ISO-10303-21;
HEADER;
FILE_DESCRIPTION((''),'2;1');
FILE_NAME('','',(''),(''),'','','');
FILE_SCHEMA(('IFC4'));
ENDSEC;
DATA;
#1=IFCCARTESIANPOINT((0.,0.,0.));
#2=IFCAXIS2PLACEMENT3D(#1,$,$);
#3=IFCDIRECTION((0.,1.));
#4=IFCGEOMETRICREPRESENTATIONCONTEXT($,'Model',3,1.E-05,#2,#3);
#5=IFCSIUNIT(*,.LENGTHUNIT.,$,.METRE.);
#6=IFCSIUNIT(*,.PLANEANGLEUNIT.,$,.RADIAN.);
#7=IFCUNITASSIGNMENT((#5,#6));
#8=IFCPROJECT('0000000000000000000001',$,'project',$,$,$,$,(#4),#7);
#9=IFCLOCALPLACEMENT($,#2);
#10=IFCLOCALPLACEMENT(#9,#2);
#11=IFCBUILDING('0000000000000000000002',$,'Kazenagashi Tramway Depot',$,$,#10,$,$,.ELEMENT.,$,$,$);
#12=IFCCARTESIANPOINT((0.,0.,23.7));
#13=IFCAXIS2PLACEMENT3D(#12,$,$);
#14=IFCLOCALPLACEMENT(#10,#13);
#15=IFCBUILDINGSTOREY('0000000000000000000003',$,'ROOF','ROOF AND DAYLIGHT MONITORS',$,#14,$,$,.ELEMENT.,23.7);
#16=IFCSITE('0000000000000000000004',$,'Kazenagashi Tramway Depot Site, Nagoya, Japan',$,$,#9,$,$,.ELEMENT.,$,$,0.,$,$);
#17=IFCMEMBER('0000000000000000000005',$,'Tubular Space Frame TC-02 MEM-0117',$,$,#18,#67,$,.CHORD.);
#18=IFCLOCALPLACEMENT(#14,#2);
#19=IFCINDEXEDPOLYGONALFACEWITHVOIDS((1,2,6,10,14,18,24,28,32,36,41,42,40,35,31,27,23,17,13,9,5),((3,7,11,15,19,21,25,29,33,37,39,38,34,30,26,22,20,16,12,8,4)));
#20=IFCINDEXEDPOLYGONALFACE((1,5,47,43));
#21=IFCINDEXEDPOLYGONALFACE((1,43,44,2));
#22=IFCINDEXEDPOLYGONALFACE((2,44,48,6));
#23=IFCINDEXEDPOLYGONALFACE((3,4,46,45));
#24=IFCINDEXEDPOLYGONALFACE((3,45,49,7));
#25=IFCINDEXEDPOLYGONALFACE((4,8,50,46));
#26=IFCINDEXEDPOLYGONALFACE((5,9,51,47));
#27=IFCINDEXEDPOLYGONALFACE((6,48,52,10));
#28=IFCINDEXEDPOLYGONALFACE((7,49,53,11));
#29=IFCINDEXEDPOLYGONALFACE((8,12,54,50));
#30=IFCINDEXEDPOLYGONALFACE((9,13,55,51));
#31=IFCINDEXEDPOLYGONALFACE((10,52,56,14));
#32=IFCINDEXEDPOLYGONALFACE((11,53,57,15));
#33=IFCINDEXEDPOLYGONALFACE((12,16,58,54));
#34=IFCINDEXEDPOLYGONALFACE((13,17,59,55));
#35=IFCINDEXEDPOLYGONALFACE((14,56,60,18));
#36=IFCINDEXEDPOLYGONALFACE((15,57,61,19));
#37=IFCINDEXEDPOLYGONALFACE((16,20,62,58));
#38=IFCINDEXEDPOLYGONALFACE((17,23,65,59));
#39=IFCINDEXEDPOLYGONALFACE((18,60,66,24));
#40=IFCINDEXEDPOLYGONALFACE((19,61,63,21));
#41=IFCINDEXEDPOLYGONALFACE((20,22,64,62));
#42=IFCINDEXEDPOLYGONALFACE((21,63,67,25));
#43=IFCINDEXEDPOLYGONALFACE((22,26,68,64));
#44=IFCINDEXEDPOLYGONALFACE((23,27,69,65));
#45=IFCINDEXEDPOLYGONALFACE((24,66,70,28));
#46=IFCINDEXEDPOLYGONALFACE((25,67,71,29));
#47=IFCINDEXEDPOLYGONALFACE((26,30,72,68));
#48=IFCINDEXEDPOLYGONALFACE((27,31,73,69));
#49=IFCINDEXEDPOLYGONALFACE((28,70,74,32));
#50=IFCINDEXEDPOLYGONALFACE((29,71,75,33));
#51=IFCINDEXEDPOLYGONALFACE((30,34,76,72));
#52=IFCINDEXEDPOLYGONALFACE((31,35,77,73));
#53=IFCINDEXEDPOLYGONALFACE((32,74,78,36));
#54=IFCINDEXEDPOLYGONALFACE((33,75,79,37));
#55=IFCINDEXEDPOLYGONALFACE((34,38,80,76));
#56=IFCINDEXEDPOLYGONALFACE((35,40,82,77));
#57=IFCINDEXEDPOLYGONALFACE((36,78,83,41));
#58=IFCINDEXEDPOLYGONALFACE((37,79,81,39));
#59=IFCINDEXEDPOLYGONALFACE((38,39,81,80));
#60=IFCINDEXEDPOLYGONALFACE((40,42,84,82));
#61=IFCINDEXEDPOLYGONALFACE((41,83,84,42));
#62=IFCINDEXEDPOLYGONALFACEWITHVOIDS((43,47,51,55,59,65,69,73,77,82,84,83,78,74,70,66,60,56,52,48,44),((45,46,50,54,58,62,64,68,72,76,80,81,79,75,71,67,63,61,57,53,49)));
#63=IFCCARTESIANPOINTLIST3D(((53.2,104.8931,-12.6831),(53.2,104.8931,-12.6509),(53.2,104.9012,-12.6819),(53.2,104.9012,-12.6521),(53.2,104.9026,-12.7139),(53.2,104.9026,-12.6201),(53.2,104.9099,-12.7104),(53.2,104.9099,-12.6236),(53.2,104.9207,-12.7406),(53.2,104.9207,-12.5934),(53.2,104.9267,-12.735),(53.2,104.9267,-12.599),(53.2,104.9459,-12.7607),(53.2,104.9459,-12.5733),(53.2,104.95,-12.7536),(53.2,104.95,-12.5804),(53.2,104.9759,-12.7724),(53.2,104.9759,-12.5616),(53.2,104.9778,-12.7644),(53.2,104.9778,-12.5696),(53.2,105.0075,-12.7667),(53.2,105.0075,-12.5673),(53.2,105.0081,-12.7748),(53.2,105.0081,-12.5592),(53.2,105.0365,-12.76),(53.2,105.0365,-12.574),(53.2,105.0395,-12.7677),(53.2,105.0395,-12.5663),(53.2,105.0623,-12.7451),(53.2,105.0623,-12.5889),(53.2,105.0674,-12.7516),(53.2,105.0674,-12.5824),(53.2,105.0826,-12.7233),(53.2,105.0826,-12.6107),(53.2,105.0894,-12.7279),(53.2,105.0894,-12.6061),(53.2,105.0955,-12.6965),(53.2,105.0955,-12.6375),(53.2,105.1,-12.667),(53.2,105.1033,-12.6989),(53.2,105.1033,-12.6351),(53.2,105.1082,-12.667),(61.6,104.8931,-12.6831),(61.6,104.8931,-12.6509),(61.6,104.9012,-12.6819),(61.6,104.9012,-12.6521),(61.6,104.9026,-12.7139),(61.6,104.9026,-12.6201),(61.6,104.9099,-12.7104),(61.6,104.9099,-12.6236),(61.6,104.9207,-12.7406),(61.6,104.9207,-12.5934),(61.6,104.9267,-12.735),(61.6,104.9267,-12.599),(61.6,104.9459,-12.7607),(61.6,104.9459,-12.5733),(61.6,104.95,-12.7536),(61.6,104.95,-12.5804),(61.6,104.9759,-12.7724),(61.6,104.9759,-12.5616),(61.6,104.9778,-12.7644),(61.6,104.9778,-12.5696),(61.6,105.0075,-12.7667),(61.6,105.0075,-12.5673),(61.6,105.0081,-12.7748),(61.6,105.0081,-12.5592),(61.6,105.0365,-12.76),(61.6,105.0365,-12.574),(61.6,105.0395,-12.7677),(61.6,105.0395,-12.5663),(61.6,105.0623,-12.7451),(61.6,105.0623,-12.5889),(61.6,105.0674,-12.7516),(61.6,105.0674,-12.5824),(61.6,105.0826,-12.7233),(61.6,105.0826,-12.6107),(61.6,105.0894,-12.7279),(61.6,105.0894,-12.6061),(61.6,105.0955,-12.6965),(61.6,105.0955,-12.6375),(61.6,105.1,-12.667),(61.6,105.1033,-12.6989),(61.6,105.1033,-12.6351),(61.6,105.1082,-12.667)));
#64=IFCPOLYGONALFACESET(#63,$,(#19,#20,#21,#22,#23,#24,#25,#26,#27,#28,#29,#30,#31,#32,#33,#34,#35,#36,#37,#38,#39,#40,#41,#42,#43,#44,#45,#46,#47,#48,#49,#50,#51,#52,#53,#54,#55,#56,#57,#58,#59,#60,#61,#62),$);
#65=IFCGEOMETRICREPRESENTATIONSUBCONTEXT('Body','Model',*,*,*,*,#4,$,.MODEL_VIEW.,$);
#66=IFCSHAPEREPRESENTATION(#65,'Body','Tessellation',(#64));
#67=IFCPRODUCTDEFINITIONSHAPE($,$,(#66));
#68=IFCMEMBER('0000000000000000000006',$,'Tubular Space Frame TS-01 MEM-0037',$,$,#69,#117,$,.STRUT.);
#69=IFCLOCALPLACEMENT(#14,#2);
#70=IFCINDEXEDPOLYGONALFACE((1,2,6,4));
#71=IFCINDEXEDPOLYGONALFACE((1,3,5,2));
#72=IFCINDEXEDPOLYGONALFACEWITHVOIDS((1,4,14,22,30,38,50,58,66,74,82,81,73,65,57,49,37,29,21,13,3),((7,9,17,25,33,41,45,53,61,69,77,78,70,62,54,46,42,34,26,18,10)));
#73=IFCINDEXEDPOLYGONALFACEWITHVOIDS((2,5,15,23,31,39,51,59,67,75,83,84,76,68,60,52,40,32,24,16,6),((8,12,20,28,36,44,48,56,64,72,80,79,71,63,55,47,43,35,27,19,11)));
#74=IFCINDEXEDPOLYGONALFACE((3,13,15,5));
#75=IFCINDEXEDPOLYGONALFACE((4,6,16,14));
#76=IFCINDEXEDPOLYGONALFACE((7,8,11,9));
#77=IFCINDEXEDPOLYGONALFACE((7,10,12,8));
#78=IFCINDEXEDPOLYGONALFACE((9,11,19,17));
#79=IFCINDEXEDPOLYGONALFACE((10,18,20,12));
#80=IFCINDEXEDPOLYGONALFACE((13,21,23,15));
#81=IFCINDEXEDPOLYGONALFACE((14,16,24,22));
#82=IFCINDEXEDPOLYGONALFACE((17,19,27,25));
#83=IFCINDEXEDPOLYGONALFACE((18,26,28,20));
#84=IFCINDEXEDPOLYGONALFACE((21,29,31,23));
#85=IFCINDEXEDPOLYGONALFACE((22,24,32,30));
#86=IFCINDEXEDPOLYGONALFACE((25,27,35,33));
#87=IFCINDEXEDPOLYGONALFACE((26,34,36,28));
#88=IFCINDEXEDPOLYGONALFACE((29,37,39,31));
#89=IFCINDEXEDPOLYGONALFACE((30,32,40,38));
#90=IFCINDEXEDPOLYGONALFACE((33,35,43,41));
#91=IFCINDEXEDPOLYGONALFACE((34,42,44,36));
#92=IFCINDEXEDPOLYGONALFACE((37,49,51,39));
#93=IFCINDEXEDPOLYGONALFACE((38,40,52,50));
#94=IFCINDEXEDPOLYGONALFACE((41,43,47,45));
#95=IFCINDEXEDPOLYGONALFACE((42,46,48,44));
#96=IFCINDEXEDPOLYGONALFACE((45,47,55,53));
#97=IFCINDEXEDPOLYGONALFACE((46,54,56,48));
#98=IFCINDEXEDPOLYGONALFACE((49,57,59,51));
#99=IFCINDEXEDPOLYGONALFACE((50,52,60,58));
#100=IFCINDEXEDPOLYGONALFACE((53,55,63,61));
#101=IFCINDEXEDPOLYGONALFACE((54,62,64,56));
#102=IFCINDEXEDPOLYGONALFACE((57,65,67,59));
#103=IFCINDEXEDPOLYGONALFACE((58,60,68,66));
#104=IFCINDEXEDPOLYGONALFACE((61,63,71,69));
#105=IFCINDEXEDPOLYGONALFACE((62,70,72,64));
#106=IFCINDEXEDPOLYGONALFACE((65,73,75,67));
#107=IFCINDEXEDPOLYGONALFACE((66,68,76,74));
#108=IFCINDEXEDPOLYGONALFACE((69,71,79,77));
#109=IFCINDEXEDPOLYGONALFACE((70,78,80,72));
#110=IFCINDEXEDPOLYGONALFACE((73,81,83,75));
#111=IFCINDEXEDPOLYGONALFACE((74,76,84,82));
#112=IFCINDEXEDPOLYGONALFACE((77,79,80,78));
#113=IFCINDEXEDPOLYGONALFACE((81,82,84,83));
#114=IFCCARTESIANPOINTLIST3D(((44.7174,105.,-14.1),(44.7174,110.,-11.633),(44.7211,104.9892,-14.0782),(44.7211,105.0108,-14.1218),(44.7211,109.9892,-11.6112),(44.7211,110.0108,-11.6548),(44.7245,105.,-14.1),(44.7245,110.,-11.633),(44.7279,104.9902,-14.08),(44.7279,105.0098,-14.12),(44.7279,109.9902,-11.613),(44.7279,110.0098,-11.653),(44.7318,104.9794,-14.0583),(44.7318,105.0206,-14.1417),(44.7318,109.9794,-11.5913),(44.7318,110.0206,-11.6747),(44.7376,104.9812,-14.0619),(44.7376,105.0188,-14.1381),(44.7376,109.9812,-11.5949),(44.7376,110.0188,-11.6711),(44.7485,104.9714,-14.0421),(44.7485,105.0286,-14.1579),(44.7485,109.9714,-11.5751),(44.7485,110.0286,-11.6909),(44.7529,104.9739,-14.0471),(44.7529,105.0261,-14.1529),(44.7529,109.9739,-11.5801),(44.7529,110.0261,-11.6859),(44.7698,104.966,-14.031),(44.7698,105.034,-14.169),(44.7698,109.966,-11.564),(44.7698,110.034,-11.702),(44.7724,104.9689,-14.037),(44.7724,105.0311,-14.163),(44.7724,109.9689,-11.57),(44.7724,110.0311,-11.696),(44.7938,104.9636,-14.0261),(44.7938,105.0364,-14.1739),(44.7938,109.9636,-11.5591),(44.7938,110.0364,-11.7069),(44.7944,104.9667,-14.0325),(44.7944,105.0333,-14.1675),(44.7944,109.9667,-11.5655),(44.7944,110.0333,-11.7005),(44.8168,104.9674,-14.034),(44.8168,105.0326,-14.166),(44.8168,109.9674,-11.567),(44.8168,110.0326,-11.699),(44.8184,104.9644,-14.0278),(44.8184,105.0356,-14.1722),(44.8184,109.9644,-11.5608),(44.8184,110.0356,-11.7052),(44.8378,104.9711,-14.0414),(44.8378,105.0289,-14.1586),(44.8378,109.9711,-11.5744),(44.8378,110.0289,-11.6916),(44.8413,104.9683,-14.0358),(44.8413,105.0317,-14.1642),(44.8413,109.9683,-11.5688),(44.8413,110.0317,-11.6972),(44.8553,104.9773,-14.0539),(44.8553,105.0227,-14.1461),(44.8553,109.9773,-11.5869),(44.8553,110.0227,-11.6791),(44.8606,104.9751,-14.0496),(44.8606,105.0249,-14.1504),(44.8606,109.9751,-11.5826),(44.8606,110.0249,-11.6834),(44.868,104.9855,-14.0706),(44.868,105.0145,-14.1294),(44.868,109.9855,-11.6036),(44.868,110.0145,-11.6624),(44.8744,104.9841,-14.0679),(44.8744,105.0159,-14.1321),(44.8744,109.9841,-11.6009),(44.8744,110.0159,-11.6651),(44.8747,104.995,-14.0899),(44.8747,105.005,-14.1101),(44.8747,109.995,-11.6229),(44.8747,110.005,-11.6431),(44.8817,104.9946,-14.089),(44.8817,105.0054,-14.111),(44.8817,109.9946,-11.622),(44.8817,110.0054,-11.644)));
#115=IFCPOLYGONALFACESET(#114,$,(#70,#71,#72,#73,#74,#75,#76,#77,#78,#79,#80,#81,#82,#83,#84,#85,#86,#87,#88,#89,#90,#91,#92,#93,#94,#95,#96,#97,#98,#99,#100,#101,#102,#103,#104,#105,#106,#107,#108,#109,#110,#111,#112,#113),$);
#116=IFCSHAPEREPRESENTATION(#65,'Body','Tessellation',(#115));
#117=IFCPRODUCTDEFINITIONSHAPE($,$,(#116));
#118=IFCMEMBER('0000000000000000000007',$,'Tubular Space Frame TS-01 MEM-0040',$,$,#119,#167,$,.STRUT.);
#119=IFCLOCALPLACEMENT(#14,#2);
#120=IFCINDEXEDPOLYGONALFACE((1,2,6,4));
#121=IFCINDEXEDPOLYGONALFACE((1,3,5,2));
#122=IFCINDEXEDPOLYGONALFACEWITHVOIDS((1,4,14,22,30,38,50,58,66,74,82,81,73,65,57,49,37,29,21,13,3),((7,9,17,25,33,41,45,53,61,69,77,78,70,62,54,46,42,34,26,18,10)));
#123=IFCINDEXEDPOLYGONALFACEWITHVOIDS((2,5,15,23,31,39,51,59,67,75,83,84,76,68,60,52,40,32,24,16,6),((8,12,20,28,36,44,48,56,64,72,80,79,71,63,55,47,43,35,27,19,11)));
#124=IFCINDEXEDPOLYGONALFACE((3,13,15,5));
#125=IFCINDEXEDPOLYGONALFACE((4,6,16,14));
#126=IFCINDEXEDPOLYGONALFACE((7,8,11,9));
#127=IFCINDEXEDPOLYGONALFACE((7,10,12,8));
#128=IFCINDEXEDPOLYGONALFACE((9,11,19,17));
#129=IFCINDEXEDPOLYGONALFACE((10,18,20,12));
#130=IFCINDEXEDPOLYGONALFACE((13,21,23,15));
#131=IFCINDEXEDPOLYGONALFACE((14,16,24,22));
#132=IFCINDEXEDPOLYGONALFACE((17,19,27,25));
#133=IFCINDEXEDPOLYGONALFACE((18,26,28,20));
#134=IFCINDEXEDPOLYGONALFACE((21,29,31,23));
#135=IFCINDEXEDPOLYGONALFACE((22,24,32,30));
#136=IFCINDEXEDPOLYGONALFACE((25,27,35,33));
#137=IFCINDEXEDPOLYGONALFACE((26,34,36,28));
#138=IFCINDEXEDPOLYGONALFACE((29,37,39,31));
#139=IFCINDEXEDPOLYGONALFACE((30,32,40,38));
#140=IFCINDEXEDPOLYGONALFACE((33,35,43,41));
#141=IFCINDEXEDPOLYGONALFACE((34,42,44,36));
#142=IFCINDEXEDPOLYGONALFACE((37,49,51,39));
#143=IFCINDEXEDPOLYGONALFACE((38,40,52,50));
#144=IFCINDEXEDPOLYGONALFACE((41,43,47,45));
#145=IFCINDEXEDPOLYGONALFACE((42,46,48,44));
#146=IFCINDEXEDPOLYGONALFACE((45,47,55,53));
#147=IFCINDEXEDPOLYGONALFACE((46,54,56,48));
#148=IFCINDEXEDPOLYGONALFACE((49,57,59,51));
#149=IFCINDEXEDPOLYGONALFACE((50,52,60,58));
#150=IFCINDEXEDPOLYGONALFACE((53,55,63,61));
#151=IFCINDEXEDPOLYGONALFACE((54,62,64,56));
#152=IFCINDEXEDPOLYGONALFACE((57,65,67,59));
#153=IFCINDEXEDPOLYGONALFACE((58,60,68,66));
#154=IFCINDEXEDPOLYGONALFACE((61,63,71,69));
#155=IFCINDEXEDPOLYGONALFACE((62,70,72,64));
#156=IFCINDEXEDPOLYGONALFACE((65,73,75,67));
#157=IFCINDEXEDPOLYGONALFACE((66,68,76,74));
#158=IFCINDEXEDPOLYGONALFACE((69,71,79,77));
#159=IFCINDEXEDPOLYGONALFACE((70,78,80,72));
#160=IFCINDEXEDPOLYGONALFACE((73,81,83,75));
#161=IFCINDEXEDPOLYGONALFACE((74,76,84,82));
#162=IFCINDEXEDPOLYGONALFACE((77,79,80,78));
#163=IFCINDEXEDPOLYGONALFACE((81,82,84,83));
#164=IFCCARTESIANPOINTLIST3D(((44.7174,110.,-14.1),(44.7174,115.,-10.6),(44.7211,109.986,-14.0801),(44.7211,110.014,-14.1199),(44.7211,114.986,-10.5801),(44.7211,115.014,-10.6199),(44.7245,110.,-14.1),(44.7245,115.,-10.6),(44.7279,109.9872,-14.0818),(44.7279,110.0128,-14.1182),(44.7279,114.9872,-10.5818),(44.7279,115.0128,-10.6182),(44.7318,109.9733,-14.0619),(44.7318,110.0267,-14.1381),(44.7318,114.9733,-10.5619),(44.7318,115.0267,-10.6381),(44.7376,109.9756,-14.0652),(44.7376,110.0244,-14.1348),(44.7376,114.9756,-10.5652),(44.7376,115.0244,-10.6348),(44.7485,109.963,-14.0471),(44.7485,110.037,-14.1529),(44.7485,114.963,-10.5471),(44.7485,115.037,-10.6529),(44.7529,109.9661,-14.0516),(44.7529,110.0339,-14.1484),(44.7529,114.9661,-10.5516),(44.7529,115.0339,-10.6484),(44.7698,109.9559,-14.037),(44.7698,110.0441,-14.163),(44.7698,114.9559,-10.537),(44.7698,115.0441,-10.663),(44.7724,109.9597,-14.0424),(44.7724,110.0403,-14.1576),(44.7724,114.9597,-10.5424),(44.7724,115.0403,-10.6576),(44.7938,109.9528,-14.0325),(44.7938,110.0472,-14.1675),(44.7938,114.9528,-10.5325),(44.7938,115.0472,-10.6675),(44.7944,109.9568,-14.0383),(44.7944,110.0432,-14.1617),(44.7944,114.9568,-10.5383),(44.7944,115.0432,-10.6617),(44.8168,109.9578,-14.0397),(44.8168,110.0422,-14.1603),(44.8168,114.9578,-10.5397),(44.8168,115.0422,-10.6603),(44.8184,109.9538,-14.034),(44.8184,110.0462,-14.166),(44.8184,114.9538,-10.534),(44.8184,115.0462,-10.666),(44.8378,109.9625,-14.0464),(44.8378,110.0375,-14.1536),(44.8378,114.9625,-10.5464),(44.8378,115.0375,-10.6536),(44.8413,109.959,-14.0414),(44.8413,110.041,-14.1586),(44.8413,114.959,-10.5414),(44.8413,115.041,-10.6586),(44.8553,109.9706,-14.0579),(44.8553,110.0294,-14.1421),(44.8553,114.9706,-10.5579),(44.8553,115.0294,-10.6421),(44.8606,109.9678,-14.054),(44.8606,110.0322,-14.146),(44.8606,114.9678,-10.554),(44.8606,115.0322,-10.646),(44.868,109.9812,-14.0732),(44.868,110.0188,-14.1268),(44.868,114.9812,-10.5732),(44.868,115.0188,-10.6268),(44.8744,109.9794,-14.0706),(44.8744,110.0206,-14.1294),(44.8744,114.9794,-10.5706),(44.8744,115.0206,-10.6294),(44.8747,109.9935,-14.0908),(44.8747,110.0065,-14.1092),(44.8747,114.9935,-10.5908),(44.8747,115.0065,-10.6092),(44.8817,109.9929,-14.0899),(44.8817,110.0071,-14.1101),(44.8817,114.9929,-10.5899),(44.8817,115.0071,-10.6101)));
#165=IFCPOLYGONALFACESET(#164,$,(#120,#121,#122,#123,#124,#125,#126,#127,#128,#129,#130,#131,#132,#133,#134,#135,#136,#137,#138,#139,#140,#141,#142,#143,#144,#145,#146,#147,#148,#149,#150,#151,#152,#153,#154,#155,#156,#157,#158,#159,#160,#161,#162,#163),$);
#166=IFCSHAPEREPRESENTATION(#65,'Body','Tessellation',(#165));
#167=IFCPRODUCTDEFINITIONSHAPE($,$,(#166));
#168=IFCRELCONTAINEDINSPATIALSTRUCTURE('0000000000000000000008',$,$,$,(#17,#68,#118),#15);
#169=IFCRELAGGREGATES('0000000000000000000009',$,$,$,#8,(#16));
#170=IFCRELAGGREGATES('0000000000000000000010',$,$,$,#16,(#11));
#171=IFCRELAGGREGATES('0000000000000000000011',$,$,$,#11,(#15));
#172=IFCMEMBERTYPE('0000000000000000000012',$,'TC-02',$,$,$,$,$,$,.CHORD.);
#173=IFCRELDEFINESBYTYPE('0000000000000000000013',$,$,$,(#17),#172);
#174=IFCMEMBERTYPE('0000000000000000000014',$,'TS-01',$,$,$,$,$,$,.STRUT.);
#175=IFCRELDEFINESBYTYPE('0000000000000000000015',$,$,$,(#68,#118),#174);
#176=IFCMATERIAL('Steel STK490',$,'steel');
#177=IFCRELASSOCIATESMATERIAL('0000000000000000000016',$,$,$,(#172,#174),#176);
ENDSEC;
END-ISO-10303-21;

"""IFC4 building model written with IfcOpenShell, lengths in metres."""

from ifc_helpers import new_model, si_unit, direction, frame, origin, origin_2d, place, context, subcontext, project, spatial, hollow_circle, extrude, material, material_profile, profile_set, type_object, element, save


model = new_model("IFC4")

# Units and contexts
model_context = context("Model", 3, precision=1e-05, world=origin(), true_north=direction((0.0, 1.0)))
body_context = subcontext(model_context, "Body", "Model", "MODEL_VIEW")
ifc_project = project(units=[si_unit("LENGTHUNIT", "METRE"), si_unit("PLANEANGLEUNIT", "RADIAN")], contexts=[model_context])

# Site, building, storey
site_placement = place(None, origin())
site = spatial("IfcSite", under=ifc_project, at=site_placement, Name="Kazenagashi Tramway Depot Site, Nagoya, Japan", CompositionType="ELEMENT", RefElevation=0.0)
building_placement = place(site_placement, origin())
building = spatial("IfcBuilding", under=site, at=building_placement, Name="Kazenagashi Tramway Depot", CompositionType="ELEMENT")
storey_placement = place(building_placement, frame((0.0, 0.0, 23.7)))
storey = spatial("IfcBuildingStorey", under=building, at=storey_placement, Name="ROOF", Description="ROOF AND DAYLIGHT MONITORS", CompositionType="ELEMENT", Elevation=23.7)

# Members
ifc_material_1 = material(Name="Steel STK490", Category="steel")
ifc_material_profile_1 = material_profile(ifc_material_1, hollow_circle(Radius=0.1081, WallThickness=0.0082, at=origin_2d()), Name="CHS-216.3x8.2")
ifc_profile_set_1 = profile_set([ifc_material_profile_1], Name="Steel STK490")
member_type_1 = type_object("IfcMemberType", Name="TC-02", PredefinedType="CHORD", material=ifc_profile_set_1)
member_1_placement = place(storey_placement, frame((53.2, 105.0, -12.667), z_axis=(1.0, 0.0, 0.0), x_axis=(0.0, 1.0, 0.0)))
element("IfcMember", 1, at=member_1_placement, inside=storey, type_object=member_type_1, Name="Tubular Space Frame TC-02 MEM-0117", PredefinedType="CHORD", context=body_context, shape_type="SweptSolid", body=[
    extrude(hollow_circle(Radius=0.1081, WallThickness=0.0082, at=origin_2d()), origin(), (0.0, 0.0, 1.0), 8.4),
])
ifc_material_profile_2 = material_profile(ifc_material_1, hollow_circle(Radius=0.0826, WallThickness=0.0071, at=origin_2d()), Name="CHS-165.2x7.1")
ifc_profile_set_2 = profile_set([ifc_material_profile_2], Name="Steel STK490")
member_type_2 = type_object("IfcMemberType", Name="TS-01", PredefinedType="STRUT", material=ifc_profile_set_2)
member_2_placement = place(storey_placement, frame((44.8, 105.0, -14.1), z_axis=(0.0, 0.896782, 0.442472), x_axis=(-1.0, 0.0, 0.0)))
element("IfcMember", 2, at=member_2_placement, inside=storey, type_object=member_type_2, Name="Tubular Space Frame TS-01 MEM-0037", PredefinedType="STRUT", context=body_context, shape_type="SweptSolid", body=[
    extrude(hollow_circle(Radius=0.0826, WallThickness=0.0071, at=origin_2d()), origin(), (0.0, 0.0, 1.0), 5.5755),
])
for number, where, z_axis, x_axis, name in (
    (3, (44.8, 110.0, -14.1), (0.0, 0.819232, 0.573462), (-1.0, 0.0, 0.0), "Tubular Space Frame TS-01 MEM-0040"),
):
    element("IfcMember", number, at=place(storey_placement, frame(where, z_axis=z_axis, x_axis=x_axis)), inside=storey, type_object=member_type_2, Name=name, PredefinedType="STRUT", context=body_context, shape_type="SweptSolid", body=[
        extrude(hollow_circle(Radius=0.0826, WallThickness=0.0071, at=origin_2d()), origin(), (0.0, 0.0, 1.0), 6.1033),
    ])

save(model, "model.ifc")
